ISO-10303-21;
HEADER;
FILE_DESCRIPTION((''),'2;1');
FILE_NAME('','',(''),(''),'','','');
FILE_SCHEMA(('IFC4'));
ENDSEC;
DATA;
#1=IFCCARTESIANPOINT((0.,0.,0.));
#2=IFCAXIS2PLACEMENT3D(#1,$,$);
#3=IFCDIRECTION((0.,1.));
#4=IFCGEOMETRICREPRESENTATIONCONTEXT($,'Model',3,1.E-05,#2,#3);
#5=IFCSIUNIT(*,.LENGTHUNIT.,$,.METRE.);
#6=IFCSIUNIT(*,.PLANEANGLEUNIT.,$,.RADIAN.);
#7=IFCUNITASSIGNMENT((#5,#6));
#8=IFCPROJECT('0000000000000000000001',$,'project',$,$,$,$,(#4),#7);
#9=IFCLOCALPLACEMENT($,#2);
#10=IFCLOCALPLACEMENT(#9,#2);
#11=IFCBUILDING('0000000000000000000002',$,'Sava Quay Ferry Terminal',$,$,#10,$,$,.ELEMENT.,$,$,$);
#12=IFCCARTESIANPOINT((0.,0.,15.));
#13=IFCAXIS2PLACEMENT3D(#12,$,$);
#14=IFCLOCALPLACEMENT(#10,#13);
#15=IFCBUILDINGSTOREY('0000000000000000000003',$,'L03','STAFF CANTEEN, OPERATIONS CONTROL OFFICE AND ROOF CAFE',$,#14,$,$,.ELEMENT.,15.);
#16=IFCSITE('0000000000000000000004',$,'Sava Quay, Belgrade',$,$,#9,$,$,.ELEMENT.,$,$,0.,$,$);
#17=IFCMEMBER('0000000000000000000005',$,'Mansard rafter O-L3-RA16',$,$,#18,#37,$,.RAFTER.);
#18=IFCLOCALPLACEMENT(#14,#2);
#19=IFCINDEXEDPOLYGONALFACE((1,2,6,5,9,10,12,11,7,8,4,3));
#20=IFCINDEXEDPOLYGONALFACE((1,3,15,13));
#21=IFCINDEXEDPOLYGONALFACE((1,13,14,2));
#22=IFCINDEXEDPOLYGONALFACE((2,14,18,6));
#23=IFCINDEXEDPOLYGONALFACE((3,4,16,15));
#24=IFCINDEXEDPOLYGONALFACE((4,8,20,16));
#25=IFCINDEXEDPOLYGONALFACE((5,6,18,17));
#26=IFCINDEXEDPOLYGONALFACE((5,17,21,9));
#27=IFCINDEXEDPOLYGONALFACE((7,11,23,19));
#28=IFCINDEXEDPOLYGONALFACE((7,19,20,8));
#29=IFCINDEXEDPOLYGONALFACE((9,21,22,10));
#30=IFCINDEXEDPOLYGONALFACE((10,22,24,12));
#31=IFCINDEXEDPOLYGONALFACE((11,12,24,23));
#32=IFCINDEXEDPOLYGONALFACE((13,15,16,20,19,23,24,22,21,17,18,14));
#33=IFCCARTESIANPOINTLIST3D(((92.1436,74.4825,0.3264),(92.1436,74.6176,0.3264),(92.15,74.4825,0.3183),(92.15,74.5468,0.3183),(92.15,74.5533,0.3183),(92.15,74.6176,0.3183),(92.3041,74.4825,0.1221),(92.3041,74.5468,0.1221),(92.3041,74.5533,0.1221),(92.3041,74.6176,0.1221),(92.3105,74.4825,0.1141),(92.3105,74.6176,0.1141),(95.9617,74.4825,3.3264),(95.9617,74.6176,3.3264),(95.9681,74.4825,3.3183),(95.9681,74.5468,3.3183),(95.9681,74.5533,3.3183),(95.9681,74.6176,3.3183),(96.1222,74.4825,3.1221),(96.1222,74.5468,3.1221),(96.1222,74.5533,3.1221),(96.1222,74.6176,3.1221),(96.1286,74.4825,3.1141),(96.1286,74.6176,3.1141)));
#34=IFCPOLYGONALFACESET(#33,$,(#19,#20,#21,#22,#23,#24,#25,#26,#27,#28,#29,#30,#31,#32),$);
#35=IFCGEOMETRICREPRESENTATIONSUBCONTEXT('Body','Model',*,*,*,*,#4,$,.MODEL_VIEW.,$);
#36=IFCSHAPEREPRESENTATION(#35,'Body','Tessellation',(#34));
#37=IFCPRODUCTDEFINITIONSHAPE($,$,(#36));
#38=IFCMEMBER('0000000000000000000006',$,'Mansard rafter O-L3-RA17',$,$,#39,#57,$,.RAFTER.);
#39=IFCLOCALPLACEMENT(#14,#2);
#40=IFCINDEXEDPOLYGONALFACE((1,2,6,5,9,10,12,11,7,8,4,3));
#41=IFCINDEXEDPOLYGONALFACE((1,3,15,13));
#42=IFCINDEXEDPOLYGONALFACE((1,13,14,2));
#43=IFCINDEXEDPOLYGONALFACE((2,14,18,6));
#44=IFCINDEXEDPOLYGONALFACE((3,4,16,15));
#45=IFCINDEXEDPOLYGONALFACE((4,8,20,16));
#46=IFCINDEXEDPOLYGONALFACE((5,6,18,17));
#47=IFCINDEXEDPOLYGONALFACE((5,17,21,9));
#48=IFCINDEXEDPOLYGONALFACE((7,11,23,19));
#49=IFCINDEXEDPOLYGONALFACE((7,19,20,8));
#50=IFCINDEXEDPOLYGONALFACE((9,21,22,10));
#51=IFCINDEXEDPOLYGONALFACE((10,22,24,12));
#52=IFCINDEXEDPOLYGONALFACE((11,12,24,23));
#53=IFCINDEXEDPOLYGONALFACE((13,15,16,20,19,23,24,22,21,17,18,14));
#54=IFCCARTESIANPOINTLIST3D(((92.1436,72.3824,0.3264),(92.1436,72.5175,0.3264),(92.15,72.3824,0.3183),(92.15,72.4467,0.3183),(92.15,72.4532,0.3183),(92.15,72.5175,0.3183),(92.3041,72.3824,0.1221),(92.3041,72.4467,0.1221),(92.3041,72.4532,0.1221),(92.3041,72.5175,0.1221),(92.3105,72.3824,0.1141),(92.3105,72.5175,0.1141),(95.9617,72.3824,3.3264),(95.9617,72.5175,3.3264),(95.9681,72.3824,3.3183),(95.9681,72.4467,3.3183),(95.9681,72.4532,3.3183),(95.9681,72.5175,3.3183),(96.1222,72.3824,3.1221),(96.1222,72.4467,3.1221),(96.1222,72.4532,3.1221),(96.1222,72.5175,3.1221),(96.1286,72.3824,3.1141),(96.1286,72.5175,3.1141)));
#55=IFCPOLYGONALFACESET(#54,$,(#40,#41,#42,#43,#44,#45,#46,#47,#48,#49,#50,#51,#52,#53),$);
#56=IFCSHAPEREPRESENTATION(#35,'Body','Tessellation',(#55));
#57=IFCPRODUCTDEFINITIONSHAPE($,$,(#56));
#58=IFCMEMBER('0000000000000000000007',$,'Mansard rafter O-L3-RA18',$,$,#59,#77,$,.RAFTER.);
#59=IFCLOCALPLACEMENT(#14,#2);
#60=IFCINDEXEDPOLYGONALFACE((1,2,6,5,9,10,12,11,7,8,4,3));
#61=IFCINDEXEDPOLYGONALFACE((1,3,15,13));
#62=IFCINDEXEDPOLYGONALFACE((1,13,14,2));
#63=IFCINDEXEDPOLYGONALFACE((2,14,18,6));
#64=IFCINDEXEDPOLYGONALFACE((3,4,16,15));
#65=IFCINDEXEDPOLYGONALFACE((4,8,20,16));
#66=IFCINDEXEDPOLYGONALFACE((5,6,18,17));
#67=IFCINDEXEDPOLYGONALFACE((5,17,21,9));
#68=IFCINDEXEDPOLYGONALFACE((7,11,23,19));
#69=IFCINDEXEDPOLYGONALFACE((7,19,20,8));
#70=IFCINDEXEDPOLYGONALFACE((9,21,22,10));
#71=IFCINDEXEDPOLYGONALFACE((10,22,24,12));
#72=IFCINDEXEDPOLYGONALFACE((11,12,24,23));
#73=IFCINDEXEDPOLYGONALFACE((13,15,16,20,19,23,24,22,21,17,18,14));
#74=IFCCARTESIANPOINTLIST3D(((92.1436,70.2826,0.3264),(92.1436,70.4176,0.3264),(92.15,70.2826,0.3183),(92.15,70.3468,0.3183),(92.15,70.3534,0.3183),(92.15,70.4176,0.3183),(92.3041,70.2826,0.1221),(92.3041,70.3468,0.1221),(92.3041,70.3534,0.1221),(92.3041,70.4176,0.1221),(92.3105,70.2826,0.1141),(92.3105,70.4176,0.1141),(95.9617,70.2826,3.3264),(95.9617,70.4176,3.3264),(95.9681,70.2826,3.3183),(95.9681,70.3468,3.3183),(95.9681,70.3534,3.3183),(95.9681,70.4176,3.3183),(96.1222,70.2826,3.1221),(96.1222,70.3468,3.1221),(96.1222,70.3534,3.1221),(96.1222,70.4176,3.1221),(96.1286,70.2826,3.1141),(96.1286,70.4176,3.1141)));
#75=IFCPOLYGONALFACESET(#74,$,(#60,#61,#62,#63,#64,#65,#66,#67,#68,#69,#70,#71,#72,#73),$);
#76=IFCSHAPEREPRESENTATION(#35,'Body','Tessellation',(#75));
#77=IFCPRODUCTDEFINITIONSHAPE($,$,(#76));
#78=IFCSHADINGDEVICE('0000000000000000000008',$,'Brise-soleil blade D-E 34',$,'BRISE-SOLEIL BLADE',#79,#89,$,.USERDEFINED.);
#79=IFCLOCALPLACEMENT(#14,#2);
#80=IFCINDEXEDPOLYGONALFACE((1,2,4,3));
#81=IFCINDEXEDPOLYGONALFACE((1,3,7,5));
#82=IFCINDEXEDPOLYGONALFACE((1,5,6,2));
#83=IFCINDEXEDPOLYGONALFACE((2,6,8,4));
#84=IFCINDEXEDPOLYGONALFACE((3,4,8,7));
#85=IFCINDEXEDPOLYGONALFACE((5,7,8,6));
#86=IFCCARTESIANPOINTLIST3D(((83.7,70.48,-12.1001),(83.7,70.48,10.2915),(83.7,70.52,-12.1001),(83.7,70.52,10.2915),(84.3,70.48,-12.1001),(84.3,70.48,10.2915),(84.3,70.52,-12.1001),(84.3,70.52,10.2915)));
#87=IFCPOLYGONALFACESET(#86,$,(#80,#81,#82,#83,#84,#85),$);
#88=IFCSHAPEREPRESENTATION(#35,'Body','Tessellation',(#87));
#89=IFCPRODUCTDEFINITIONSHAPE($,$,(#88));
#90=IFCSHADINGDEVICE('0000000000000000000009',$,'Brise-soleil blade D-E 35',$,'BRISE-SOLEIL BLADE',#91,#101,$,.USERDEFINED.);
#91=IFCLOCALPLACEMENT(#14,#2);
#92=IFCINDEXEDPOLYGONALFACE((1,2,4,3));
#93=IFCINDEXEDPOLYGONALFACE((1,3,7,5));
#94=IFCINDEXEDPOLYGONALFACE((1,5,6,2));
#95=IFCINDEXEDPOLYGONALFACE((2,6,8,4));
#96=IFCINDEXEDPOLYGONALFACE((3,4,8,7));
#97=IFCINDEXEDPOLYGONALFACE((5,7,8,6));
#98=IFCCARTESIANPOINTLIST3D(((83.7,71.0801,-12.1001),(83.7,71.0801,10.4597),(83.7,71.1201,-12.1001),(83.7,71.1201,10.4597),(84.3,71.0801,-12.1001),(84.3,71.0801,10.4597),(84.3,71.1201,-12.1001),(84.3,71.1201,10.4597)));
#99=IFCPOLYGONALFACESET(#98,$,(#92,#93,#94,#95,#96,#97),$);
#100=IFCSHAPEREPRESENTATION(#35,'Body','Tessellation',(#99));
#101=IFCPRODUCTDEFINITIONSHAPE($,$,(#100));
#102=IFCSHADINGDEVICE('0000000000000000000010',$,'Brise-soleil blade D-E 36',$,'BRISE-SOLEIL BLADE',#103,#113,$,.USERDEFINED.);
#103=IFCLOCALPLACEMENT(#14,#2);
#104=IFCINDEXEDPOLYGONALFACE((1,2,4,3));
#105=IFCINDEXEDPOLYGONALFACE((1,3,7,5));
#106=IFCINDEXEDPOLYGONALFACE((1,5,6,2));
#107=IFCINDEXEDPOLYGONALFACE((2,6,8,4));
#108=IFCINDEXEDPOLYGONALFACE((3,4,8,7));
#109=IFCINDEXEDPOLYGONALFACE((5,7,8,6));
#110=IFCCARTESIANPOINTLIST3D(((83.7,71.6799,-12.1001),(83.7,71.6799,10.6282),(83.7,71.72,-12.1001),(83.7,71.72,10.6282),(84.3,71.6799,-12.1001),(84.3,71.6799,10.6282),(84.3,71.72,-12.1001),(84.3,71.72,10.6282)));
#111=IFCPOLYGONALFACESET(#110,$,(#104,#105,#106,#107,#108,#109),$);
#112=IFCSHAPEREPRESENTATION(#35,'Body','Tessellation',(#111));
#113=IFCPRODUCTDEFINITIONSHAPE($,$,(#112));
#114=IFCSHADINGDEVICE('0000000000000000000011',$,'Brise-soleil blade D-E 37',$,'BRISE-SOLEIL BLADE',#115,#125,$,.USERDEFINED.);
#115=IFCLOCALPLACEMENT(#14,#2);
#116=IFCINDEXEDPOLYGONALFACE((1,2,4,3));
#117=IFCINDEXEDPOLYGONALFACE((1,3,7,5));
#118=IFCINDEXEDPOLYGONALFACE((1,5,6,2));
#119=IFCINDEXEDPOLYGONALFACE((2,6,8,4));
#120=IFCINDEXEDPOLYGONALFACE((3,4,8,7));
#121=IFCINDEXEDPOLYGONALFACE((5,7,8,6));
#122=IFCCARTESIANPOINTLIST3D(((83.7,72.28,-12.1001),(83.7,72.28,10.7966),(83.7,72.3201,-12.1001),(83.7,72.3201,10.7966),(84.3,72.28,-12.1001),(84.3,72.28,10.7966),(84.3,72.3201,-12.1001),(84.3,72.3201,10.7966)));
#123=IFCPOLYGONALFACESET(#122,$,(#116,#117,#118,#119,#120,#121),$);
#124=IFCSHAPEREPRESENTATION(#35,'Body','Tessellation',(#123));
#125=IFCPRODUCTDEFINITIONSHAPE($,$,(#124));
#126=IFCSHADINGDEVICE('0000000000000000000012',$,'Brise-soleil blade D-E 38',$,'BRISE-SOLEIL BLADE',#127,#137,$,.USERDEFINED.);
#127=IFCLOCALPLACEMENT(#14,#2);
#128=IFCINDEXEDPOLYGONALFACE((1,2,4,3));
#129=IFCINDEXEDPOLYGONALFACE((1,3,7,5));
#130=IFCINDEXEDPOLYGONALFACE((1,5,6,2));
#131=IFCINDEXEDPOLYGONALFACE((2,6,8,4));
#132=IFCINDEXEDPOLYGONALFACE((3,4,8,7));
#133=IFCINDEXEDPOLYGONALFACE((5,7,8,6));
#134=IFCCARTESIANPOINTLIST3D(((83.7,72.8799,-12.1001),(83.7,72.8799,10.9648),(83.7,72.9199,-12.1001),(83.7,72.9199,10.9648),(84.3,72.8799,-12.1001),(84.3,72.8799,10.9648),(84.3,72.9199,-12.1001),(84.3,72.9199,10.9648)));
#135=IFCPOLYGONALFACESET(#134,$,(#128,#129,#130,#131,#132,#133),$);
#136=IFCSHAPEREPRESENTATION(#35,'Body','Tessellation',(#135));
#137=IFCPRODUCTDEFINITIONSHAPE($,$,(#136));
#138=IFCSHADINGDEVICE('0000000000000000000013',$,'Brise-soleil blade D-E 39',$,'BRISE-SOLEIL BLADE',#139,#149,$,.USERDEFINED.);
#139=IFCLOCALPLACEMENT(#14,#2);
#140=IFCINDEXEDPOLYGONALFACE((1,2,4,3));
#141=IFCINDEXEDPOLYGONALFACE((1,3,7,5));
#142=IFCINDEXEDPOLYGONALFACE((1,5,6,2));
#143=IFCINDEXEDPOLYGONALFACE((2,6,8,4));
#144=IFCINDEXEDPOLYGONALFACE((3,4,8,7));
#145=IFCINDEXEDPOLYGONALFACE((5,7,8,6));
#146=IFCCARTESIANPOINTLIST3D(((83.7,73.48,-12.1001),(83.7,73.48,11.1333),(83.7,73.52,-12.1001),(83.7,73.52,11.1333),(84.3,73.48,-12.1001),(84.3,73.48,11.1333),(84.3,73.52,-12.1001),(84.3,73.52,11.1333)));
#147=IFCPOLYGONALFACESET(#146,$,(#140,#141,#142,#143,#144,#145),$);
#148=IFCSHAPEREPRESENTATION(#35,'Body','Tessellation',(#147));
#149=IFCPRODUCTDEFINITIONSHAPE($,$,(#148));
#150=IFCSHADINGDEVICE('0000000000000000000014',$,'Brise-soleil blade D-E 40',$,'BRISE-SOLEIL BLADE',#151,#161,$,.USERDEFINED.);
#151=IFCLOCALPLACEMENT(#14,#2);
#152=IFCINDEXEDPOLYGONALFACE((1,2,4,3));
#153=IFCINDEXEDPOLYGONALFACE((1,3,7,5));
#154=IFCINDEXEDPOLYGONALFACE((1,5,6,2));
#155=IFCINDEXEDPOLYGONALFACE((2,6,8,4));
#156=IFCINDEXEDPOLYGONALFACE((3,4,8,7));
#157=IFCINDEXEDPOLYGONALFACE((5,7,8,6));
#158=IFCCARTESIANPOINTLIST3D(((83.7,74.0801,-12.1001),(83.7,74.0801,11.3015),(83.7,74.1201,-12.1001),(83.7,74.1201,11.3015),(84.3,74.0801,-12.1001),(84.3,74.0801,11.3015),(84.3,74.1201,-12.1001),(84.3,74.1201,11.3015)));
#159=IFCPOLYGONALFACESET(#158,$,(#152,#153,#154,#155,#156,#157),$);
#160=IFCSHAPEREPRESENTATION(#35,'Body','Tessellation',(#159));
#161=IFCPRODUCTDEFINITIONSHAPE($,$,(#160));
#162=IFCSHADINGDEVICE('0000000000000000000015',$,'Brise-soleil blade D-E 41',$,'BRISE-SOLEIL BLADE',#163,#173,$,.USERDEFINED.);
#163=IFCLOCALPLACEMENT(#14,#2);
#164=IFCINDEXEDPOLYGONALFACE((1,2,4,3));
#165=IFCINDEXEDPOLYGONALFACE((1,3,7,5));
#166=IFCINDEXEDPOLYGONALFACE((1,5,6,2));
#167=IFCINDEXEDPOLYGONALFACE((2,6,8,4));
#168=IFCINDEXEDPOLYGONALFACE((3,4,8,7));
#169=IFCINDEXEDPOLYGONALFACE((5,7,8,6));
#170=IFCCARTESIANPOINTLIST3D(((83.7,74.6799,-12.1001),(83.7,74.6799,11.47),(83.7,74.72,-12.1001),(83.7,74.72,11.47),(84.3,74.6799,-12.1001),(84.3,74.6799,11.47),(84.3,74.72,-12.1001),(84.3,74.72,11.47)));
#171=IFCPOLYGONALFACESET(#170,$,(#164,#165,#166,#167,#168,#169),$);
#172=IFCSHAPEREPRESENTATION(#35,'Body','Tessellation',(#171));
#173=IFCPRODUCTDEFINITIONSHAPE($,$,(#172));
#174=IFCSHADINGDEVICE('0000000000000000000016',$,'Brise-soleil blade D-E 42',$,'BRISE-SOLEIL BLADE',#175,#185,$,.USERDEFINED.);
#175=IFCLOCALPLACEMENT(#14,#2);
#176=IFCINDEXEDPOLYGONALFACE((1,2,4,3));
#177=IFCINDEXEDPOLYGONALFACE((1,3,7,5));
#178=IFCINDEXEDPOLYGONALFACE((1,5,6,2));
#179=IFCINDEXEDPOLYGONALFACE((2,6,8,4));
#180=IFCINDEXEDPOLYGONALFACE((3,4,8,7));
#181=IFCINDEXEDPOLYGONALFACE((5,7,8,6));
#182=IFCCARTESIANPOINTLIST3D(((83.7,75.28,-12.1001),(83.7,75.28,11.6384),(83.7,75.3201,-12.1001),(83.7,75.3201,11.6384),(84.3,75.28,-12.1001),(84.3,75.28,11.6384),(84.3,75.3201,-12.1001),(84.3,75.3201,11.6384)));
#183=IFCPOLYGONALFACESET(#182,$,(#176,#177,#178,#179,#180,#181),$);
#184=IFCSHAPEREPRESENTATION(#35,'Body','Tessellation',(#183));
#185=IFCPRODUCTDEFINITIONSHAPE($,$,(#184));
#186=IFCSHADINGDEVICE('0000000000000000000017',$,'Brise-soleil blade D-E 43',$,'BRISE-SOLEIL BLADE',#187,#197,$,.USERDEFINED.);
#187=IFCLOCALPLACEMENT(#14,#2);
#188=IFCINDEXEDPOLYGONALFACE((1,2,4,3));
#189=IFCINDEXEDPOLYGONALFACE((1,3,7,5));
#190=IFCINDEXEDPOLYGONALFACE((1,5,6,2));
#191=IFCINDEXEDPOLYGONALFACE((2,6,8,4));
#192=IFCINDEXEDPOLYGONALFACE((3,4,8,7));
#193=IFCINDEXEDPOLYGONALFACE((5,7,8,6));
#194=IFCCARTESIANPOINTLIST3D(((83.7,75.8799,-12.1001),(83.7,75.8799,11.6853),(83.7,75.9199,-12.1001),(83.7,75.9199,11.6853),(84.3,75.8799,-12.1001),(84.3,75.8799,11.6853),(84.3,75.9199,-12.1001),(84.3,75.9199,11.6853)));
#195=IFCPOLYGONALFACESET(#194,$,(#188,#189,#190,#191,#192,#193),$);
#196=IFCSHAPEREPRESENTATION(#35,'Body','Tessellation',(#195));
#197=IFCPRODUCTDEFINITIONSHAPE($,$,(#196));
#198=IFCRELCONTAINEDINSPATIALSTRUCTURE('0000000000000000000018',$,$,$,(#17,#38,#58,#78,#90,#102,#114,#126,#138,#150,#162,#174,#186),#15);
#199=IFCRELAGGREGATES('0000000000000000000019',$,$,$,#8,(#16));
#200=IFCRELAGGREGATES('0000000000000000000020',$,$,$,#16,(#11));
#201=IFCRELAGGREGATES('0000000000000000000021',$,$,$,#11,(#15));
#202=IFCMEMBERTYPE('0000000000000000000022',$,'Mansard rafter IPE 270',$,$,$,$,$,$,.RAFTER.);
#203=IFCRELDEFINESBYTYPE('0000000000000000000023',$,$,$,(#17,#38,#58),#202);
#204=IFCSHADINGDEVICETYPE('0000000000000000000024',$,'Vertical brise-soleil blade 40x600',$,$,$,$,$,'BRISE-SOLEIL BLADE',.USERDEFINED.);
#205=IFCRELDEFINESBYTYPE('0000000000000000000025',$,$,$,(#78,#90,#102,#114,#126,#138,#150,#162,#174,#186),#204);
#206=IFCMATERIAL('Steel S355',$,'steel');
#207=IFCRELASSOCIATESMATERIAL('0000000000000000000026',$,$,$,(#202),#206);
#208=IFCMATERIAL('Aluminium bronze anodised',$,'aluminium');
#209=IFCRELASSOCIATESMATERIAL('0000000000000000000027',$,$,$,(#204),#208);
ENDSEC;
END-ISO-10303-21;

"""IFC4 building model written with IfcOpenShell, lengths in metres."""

from ifc_helpers import new_model, si_unit, direction, frame, origin, origin_2d, place, context, subcontext, project, spatial, rectangle, i_section, extrude, material, material_profile, profile_set, type_object, element, save


model = new_model("IFC4")

# Units and contexts
model_context = context("Model", 3, precision=1e-05, world=origin(), true_north=direction((0.0, 1.0)))
body_context = subcontext(model_context, "Body", "Model", "MODEL_VIEW")
ifc_project = project(units=[si_unit("LENGTHUNIT", "METRE"), si_unit("PLANEANGLEUNIT", "RADIAN")], contexts=[model_context])

# Site, building, storey
site_placement = place(None, origin())
site = spatial("IfcSite", under=ifc_project, at=site_placement, Name="Sava Quay, Belgrade", CompositionType="ELEMENT", RefElevation=0.0)
building_placement = place(site_placement, origin())
building = spatial("IfcBuilding", under=site, at=building_placement, Name="Sava Quay Ferry Terminal", CompositionType="ELEMENT")
storey_placement = place(building_placement, frame((0.0, 0.0, 15.0)))
storey = spatial("IfcBuildingStorey", under=building, at=storey_placement, Name="L03", Description="STAFF CANTEEN, OPERATIONS CONTROL OFFICE AND ROOF CAFE", CompositionType="ELEMENT", Elevation=15.0)

# Members
ifc_material_1 = material(Name="Steel S355", Category="steel")
ifc_material_profile_1 = material_profile(ifc_material_1, i_section(OverallWidth=0.135, OverallDepth=0.27, WebThickness=0.0066, FlangeThickness=0.0103, at=origin_2d()), Name="IPE 270")
ifc_profile_set_1 = profile_set([ifc_material_profile_1], Name="Steel S355")
member_type = type_object("IfcMemberType", Name="Mansard rafter IPE 270", PredefinedType="RAFTER", material=ifc_profile_set_1)
for number, where, z_axis, x_axis, name in (
    (1, (92.2271, 74.55, 0.2202), (0.786313, 0.0, 0.617828), (0.0, 1.0, 0.0), "Mansard rafter O-L3-RA16"),
    (2, (92.2271, 72.45, 0.2202), (0.786313, 0.0, 0.617828), (0.0, 1.0, 0.0), "Mansard rafter O-L3-RA17"),
    (3, (92.2271, 70.3501, 0.2202), (0.786313, 0.0, 0.617828), (0.0, 1.0, 0.0), "Mansard rafter O-L3-RA18"),
):
    element("IfcMember", number, at=place(storey_placement, frame(where, z_axis=z_axis, x_axis=x_axis)), inside=storey, type_object=member_type, Name=name, PredefinedType="RAFTER", context=body_context, shape_type="SweptSolid", body=[
        extrude(i_section(OverallWidth=0.135, OverallDepth=0.27, WebThickness=0.0066, FlangeThickness=0.0103, at=origin_2d()), origin(), (0.0, 0.0, 1.0), 4.8557),
    ])

# Shading devices
ifc_material_2 = material(Name="Aluminium bronze anodised", Category="aluminium")
ifc_material_profile_2 = material_profile(ifc_material_2, rectangle(XDim=0.04, YDim=0.6001, at=origin_2d()), Name="Vertical brise-soleil blade 40x600")
ifc_profile_set_2 = profile_set([ifc_material_profile_2], Name="Aluminium bronze anodised")
shading_device_type = type_object("IfcShadingDeviceType", Name="Vertical brise-soleil blade 40x600", ElementType="BRISE-SOLEIL BLADE", PredefinedType="USERDEFINED", material=ifc_profile_set_2)
shading_device_1_placement = place(storey_placement, frame((84.0, 70.5, -12.1001), z_axis=(0.0, 0.0, 1.0), x_axis=(0.0, 1.0, 0.0)))
element("IfcShadingDevice", 4, at=shading_device_1_placement, inside=storey, type_object=shading_device_type, Name="Brise-soleil blade D-E 34", ObjectType="BRISE-SOLEIL BLADE", PredefinedType="USERDEFINED", context=body_context, shape_type="SweptSolid", body=[
    extrude(rectangle(XDim=0.04, YDim=0.6001, at=origin_2d()), origin(), (0.0, 0.0, 1.0), 22.3916),
])
shading_device_2_placement = place(storey_placement, frame((84.0, 71.1001, -12.1001), z_axis=(0.0, 0.0, 1.0), x_axis=(0.0, 1.0, 0.0)))
element("IfcShadingDevice", 5, at=shading_device_2_placement, inside=storey, type_object=shading_device_type, Name="Brise-soleil blade D-E 35", ObjectType="BRISE-SOLEIL BLADE", PredefinedType="USERDEFINED", context=body_context, shape_type="SweptSolid", body=[
    extrude(rectangle(XDim=0.04, YDim=0.6001, at=origin_2d()), origin(), (0.0, 0.0, 1.0), 22.5598),
])
shading_device_3_placement = place(storey_placement, frame((84.0, 71.7, -12.1001), z_axis=(0.0, 0.0, 1.0), x_axis=(0.0, 1.0, 0.0)))
element("IfcShadingDevice", 6, at=shading_device_3_placement, inside=storey, type_object=shading_device_type, Name="Brise-soleil blade D-E 36", ObjectType="BRISE-SOLEIL BLADE", PredefinedType="USERDEFINED", context=body_context, shape_type="SweptSolid", body=[
    extrude(rectangle(XDim=0.04, YDim=0.6001, at=origin_2d()), origin(), (0.0, 0.0, 1.0), 22.7283),
])
shading_device_4_placement = place(storey_placement, frame((84.0, 72.3, -12.1001), z_axis=(0.0, 0.0, 1.0), x_axis=(0.0, 1.0, 0.0)))
element("IfcShadingDevice", 7, at=shading_device_4_placement, inside=storey, type_object=shading_device_type, Name="Brise-soleil blade D-E 37", ObjectType="BRISE-SOLEIL BLADE", PredefinedType="USERDEFINED", context=body_context, shape_type="SweptSolid", body=[
    extrude(rectangle(XDim=0.04, YDim=0.6001, at=origin_2d()), origin(), (0.0, 0.0, 1.0), 22.8967),
])
shading_device_5_placement = place(storey_placement, frame((84.0, 72.8999, -12.1001), z_axis=(0.0, 0.0, 1.0), x_axis=(0.0, 1.0, 0.0)))
element("IfcShadingDevice", 8, at=shading_device_5_placement, inside=storey, type_object=shading_device_type, Name="Brise-soleil blade D-E 38", ObjectType="BRISE-SOLEIL BLADE", PredefinedType="USERDEFINED", context=body_context, shape_type="SweptSolid", body=[
    extrude(rectangle(XDim=0.04, YDim=0.6001, at=origin_2d()), origin(), (0.0, 0.0, 1.0), 23.0649),
])
shading_device_6_placement = place(storey_placement, frame((84.0, 73.5, -12.1001), z_axis=(0.0, 0.0, 1.0), x_axis=(0.0, 1.0, 0.0)))
element("IfcShadingDevice", 9, at=shading_device_6_placement, inside=storey, type_object=shading_device_type, Name="Brise-soleil blade D-E 39", ObjectType="BRISE-SOLEIL BLADE", PredefinedType="USERDEFINED", context=body_context, shape_type="SweptSolid", body=[
    extrude(rectangle(XDim=0.04, YDim=0.6001, at=origin_2d()), origin(), (0.0, 0.0, 1.0), 23.2334),
])
shading_device_7_placement = place(storey_placement, frame((84.0, 74.1001, -12.1001), z_axis=(0.0, 0.0, 1.0), x_axis=(0.0, 1.0, 0.0)))
element("IfcShadingDevice", 10, at=shading_device_7_placement, inside=storey, type_object=shading_device_type, Name="Brise-soleil blade D-E 40", ObjectType="BRISE-SOLEIL BLADE", PredefinedType="USERDEFINED", context=body_context, shape_type="SweptSolid", body=[
    extrude(rectangle(XDim=0.04, YDim=0.6001, at=origin_2d()), origin(), (0.0, 0.0, 1.0), 23.4016),
])
shading_device_8_placement = place(storey_placement, frame((84.0, 74.7, -12.1001), z_axis=(0.0, 0.0, 1.0), x_axis=(0.0, 1.0, 0.0)))
element("IfcShadingDevice", 11, at=shading_device_8_placement, inside=storey, type_object=shading_device_type, Name="Brise-soleil blade D-E 41", ObjectType="BRISE-SOLEIL BLADE", PredefinedType="USERDEFINED", context=body_context, shape_type="SweptSolid", body=[
    extrude(rectangle(XDim=0.04, YDim=0.6001, at=origin_2d()), origin(), (0.0, 0.0, 1.0), 23.5701),
])
shading_device_9_placement = place(storey_placement, frame((84.0, 75.3, -12.1001), z_axis=(0.0, 0.0, 1.0), x_axis=(0.0, 1.0, 0.0)))
element("IfcShadingDevice", 12, at=shading_device_9_placement, inside=storey, type_object=shading_device_type, Name="Brise-soleil blade D-E 42", ObjectType="BRISE-SOLEIL BLADE", PredefinedType="USERDEFINED", context=body_context, shape_type="SweptSolid", body=[
    extrude(rectangle(XDim=0.04, YDim=0.6001, at=origin_2d()), origin(), (0.0, 0.0, 1.0), 23.7385),
])
shading_device_10_placement = place(storey_placement, frame((84.0, 75.8999, -12.1001), z_axis=(0.0, 0.0, 1.0), x_axis=(0.0, 1.0, 0.0)))
element("IfcShadingDevice", 13, at=shading_device_10_placement, inside=storey, type_object=shading_device_type, Name="Brise-soleil blade D-E 43", ObjectType="BRISE-SOLEIL BLADE", PredefinedType="USERDEFINED", context=body_context, shape_type="SweptSolid", body=[
    extrude(rectangle(XDim=0.04, YDim=0.6001, at=origin_2d()), origin(), (0.0, 0.0, 1.0), 23.7854),
])

save(model, "model.ifc")
